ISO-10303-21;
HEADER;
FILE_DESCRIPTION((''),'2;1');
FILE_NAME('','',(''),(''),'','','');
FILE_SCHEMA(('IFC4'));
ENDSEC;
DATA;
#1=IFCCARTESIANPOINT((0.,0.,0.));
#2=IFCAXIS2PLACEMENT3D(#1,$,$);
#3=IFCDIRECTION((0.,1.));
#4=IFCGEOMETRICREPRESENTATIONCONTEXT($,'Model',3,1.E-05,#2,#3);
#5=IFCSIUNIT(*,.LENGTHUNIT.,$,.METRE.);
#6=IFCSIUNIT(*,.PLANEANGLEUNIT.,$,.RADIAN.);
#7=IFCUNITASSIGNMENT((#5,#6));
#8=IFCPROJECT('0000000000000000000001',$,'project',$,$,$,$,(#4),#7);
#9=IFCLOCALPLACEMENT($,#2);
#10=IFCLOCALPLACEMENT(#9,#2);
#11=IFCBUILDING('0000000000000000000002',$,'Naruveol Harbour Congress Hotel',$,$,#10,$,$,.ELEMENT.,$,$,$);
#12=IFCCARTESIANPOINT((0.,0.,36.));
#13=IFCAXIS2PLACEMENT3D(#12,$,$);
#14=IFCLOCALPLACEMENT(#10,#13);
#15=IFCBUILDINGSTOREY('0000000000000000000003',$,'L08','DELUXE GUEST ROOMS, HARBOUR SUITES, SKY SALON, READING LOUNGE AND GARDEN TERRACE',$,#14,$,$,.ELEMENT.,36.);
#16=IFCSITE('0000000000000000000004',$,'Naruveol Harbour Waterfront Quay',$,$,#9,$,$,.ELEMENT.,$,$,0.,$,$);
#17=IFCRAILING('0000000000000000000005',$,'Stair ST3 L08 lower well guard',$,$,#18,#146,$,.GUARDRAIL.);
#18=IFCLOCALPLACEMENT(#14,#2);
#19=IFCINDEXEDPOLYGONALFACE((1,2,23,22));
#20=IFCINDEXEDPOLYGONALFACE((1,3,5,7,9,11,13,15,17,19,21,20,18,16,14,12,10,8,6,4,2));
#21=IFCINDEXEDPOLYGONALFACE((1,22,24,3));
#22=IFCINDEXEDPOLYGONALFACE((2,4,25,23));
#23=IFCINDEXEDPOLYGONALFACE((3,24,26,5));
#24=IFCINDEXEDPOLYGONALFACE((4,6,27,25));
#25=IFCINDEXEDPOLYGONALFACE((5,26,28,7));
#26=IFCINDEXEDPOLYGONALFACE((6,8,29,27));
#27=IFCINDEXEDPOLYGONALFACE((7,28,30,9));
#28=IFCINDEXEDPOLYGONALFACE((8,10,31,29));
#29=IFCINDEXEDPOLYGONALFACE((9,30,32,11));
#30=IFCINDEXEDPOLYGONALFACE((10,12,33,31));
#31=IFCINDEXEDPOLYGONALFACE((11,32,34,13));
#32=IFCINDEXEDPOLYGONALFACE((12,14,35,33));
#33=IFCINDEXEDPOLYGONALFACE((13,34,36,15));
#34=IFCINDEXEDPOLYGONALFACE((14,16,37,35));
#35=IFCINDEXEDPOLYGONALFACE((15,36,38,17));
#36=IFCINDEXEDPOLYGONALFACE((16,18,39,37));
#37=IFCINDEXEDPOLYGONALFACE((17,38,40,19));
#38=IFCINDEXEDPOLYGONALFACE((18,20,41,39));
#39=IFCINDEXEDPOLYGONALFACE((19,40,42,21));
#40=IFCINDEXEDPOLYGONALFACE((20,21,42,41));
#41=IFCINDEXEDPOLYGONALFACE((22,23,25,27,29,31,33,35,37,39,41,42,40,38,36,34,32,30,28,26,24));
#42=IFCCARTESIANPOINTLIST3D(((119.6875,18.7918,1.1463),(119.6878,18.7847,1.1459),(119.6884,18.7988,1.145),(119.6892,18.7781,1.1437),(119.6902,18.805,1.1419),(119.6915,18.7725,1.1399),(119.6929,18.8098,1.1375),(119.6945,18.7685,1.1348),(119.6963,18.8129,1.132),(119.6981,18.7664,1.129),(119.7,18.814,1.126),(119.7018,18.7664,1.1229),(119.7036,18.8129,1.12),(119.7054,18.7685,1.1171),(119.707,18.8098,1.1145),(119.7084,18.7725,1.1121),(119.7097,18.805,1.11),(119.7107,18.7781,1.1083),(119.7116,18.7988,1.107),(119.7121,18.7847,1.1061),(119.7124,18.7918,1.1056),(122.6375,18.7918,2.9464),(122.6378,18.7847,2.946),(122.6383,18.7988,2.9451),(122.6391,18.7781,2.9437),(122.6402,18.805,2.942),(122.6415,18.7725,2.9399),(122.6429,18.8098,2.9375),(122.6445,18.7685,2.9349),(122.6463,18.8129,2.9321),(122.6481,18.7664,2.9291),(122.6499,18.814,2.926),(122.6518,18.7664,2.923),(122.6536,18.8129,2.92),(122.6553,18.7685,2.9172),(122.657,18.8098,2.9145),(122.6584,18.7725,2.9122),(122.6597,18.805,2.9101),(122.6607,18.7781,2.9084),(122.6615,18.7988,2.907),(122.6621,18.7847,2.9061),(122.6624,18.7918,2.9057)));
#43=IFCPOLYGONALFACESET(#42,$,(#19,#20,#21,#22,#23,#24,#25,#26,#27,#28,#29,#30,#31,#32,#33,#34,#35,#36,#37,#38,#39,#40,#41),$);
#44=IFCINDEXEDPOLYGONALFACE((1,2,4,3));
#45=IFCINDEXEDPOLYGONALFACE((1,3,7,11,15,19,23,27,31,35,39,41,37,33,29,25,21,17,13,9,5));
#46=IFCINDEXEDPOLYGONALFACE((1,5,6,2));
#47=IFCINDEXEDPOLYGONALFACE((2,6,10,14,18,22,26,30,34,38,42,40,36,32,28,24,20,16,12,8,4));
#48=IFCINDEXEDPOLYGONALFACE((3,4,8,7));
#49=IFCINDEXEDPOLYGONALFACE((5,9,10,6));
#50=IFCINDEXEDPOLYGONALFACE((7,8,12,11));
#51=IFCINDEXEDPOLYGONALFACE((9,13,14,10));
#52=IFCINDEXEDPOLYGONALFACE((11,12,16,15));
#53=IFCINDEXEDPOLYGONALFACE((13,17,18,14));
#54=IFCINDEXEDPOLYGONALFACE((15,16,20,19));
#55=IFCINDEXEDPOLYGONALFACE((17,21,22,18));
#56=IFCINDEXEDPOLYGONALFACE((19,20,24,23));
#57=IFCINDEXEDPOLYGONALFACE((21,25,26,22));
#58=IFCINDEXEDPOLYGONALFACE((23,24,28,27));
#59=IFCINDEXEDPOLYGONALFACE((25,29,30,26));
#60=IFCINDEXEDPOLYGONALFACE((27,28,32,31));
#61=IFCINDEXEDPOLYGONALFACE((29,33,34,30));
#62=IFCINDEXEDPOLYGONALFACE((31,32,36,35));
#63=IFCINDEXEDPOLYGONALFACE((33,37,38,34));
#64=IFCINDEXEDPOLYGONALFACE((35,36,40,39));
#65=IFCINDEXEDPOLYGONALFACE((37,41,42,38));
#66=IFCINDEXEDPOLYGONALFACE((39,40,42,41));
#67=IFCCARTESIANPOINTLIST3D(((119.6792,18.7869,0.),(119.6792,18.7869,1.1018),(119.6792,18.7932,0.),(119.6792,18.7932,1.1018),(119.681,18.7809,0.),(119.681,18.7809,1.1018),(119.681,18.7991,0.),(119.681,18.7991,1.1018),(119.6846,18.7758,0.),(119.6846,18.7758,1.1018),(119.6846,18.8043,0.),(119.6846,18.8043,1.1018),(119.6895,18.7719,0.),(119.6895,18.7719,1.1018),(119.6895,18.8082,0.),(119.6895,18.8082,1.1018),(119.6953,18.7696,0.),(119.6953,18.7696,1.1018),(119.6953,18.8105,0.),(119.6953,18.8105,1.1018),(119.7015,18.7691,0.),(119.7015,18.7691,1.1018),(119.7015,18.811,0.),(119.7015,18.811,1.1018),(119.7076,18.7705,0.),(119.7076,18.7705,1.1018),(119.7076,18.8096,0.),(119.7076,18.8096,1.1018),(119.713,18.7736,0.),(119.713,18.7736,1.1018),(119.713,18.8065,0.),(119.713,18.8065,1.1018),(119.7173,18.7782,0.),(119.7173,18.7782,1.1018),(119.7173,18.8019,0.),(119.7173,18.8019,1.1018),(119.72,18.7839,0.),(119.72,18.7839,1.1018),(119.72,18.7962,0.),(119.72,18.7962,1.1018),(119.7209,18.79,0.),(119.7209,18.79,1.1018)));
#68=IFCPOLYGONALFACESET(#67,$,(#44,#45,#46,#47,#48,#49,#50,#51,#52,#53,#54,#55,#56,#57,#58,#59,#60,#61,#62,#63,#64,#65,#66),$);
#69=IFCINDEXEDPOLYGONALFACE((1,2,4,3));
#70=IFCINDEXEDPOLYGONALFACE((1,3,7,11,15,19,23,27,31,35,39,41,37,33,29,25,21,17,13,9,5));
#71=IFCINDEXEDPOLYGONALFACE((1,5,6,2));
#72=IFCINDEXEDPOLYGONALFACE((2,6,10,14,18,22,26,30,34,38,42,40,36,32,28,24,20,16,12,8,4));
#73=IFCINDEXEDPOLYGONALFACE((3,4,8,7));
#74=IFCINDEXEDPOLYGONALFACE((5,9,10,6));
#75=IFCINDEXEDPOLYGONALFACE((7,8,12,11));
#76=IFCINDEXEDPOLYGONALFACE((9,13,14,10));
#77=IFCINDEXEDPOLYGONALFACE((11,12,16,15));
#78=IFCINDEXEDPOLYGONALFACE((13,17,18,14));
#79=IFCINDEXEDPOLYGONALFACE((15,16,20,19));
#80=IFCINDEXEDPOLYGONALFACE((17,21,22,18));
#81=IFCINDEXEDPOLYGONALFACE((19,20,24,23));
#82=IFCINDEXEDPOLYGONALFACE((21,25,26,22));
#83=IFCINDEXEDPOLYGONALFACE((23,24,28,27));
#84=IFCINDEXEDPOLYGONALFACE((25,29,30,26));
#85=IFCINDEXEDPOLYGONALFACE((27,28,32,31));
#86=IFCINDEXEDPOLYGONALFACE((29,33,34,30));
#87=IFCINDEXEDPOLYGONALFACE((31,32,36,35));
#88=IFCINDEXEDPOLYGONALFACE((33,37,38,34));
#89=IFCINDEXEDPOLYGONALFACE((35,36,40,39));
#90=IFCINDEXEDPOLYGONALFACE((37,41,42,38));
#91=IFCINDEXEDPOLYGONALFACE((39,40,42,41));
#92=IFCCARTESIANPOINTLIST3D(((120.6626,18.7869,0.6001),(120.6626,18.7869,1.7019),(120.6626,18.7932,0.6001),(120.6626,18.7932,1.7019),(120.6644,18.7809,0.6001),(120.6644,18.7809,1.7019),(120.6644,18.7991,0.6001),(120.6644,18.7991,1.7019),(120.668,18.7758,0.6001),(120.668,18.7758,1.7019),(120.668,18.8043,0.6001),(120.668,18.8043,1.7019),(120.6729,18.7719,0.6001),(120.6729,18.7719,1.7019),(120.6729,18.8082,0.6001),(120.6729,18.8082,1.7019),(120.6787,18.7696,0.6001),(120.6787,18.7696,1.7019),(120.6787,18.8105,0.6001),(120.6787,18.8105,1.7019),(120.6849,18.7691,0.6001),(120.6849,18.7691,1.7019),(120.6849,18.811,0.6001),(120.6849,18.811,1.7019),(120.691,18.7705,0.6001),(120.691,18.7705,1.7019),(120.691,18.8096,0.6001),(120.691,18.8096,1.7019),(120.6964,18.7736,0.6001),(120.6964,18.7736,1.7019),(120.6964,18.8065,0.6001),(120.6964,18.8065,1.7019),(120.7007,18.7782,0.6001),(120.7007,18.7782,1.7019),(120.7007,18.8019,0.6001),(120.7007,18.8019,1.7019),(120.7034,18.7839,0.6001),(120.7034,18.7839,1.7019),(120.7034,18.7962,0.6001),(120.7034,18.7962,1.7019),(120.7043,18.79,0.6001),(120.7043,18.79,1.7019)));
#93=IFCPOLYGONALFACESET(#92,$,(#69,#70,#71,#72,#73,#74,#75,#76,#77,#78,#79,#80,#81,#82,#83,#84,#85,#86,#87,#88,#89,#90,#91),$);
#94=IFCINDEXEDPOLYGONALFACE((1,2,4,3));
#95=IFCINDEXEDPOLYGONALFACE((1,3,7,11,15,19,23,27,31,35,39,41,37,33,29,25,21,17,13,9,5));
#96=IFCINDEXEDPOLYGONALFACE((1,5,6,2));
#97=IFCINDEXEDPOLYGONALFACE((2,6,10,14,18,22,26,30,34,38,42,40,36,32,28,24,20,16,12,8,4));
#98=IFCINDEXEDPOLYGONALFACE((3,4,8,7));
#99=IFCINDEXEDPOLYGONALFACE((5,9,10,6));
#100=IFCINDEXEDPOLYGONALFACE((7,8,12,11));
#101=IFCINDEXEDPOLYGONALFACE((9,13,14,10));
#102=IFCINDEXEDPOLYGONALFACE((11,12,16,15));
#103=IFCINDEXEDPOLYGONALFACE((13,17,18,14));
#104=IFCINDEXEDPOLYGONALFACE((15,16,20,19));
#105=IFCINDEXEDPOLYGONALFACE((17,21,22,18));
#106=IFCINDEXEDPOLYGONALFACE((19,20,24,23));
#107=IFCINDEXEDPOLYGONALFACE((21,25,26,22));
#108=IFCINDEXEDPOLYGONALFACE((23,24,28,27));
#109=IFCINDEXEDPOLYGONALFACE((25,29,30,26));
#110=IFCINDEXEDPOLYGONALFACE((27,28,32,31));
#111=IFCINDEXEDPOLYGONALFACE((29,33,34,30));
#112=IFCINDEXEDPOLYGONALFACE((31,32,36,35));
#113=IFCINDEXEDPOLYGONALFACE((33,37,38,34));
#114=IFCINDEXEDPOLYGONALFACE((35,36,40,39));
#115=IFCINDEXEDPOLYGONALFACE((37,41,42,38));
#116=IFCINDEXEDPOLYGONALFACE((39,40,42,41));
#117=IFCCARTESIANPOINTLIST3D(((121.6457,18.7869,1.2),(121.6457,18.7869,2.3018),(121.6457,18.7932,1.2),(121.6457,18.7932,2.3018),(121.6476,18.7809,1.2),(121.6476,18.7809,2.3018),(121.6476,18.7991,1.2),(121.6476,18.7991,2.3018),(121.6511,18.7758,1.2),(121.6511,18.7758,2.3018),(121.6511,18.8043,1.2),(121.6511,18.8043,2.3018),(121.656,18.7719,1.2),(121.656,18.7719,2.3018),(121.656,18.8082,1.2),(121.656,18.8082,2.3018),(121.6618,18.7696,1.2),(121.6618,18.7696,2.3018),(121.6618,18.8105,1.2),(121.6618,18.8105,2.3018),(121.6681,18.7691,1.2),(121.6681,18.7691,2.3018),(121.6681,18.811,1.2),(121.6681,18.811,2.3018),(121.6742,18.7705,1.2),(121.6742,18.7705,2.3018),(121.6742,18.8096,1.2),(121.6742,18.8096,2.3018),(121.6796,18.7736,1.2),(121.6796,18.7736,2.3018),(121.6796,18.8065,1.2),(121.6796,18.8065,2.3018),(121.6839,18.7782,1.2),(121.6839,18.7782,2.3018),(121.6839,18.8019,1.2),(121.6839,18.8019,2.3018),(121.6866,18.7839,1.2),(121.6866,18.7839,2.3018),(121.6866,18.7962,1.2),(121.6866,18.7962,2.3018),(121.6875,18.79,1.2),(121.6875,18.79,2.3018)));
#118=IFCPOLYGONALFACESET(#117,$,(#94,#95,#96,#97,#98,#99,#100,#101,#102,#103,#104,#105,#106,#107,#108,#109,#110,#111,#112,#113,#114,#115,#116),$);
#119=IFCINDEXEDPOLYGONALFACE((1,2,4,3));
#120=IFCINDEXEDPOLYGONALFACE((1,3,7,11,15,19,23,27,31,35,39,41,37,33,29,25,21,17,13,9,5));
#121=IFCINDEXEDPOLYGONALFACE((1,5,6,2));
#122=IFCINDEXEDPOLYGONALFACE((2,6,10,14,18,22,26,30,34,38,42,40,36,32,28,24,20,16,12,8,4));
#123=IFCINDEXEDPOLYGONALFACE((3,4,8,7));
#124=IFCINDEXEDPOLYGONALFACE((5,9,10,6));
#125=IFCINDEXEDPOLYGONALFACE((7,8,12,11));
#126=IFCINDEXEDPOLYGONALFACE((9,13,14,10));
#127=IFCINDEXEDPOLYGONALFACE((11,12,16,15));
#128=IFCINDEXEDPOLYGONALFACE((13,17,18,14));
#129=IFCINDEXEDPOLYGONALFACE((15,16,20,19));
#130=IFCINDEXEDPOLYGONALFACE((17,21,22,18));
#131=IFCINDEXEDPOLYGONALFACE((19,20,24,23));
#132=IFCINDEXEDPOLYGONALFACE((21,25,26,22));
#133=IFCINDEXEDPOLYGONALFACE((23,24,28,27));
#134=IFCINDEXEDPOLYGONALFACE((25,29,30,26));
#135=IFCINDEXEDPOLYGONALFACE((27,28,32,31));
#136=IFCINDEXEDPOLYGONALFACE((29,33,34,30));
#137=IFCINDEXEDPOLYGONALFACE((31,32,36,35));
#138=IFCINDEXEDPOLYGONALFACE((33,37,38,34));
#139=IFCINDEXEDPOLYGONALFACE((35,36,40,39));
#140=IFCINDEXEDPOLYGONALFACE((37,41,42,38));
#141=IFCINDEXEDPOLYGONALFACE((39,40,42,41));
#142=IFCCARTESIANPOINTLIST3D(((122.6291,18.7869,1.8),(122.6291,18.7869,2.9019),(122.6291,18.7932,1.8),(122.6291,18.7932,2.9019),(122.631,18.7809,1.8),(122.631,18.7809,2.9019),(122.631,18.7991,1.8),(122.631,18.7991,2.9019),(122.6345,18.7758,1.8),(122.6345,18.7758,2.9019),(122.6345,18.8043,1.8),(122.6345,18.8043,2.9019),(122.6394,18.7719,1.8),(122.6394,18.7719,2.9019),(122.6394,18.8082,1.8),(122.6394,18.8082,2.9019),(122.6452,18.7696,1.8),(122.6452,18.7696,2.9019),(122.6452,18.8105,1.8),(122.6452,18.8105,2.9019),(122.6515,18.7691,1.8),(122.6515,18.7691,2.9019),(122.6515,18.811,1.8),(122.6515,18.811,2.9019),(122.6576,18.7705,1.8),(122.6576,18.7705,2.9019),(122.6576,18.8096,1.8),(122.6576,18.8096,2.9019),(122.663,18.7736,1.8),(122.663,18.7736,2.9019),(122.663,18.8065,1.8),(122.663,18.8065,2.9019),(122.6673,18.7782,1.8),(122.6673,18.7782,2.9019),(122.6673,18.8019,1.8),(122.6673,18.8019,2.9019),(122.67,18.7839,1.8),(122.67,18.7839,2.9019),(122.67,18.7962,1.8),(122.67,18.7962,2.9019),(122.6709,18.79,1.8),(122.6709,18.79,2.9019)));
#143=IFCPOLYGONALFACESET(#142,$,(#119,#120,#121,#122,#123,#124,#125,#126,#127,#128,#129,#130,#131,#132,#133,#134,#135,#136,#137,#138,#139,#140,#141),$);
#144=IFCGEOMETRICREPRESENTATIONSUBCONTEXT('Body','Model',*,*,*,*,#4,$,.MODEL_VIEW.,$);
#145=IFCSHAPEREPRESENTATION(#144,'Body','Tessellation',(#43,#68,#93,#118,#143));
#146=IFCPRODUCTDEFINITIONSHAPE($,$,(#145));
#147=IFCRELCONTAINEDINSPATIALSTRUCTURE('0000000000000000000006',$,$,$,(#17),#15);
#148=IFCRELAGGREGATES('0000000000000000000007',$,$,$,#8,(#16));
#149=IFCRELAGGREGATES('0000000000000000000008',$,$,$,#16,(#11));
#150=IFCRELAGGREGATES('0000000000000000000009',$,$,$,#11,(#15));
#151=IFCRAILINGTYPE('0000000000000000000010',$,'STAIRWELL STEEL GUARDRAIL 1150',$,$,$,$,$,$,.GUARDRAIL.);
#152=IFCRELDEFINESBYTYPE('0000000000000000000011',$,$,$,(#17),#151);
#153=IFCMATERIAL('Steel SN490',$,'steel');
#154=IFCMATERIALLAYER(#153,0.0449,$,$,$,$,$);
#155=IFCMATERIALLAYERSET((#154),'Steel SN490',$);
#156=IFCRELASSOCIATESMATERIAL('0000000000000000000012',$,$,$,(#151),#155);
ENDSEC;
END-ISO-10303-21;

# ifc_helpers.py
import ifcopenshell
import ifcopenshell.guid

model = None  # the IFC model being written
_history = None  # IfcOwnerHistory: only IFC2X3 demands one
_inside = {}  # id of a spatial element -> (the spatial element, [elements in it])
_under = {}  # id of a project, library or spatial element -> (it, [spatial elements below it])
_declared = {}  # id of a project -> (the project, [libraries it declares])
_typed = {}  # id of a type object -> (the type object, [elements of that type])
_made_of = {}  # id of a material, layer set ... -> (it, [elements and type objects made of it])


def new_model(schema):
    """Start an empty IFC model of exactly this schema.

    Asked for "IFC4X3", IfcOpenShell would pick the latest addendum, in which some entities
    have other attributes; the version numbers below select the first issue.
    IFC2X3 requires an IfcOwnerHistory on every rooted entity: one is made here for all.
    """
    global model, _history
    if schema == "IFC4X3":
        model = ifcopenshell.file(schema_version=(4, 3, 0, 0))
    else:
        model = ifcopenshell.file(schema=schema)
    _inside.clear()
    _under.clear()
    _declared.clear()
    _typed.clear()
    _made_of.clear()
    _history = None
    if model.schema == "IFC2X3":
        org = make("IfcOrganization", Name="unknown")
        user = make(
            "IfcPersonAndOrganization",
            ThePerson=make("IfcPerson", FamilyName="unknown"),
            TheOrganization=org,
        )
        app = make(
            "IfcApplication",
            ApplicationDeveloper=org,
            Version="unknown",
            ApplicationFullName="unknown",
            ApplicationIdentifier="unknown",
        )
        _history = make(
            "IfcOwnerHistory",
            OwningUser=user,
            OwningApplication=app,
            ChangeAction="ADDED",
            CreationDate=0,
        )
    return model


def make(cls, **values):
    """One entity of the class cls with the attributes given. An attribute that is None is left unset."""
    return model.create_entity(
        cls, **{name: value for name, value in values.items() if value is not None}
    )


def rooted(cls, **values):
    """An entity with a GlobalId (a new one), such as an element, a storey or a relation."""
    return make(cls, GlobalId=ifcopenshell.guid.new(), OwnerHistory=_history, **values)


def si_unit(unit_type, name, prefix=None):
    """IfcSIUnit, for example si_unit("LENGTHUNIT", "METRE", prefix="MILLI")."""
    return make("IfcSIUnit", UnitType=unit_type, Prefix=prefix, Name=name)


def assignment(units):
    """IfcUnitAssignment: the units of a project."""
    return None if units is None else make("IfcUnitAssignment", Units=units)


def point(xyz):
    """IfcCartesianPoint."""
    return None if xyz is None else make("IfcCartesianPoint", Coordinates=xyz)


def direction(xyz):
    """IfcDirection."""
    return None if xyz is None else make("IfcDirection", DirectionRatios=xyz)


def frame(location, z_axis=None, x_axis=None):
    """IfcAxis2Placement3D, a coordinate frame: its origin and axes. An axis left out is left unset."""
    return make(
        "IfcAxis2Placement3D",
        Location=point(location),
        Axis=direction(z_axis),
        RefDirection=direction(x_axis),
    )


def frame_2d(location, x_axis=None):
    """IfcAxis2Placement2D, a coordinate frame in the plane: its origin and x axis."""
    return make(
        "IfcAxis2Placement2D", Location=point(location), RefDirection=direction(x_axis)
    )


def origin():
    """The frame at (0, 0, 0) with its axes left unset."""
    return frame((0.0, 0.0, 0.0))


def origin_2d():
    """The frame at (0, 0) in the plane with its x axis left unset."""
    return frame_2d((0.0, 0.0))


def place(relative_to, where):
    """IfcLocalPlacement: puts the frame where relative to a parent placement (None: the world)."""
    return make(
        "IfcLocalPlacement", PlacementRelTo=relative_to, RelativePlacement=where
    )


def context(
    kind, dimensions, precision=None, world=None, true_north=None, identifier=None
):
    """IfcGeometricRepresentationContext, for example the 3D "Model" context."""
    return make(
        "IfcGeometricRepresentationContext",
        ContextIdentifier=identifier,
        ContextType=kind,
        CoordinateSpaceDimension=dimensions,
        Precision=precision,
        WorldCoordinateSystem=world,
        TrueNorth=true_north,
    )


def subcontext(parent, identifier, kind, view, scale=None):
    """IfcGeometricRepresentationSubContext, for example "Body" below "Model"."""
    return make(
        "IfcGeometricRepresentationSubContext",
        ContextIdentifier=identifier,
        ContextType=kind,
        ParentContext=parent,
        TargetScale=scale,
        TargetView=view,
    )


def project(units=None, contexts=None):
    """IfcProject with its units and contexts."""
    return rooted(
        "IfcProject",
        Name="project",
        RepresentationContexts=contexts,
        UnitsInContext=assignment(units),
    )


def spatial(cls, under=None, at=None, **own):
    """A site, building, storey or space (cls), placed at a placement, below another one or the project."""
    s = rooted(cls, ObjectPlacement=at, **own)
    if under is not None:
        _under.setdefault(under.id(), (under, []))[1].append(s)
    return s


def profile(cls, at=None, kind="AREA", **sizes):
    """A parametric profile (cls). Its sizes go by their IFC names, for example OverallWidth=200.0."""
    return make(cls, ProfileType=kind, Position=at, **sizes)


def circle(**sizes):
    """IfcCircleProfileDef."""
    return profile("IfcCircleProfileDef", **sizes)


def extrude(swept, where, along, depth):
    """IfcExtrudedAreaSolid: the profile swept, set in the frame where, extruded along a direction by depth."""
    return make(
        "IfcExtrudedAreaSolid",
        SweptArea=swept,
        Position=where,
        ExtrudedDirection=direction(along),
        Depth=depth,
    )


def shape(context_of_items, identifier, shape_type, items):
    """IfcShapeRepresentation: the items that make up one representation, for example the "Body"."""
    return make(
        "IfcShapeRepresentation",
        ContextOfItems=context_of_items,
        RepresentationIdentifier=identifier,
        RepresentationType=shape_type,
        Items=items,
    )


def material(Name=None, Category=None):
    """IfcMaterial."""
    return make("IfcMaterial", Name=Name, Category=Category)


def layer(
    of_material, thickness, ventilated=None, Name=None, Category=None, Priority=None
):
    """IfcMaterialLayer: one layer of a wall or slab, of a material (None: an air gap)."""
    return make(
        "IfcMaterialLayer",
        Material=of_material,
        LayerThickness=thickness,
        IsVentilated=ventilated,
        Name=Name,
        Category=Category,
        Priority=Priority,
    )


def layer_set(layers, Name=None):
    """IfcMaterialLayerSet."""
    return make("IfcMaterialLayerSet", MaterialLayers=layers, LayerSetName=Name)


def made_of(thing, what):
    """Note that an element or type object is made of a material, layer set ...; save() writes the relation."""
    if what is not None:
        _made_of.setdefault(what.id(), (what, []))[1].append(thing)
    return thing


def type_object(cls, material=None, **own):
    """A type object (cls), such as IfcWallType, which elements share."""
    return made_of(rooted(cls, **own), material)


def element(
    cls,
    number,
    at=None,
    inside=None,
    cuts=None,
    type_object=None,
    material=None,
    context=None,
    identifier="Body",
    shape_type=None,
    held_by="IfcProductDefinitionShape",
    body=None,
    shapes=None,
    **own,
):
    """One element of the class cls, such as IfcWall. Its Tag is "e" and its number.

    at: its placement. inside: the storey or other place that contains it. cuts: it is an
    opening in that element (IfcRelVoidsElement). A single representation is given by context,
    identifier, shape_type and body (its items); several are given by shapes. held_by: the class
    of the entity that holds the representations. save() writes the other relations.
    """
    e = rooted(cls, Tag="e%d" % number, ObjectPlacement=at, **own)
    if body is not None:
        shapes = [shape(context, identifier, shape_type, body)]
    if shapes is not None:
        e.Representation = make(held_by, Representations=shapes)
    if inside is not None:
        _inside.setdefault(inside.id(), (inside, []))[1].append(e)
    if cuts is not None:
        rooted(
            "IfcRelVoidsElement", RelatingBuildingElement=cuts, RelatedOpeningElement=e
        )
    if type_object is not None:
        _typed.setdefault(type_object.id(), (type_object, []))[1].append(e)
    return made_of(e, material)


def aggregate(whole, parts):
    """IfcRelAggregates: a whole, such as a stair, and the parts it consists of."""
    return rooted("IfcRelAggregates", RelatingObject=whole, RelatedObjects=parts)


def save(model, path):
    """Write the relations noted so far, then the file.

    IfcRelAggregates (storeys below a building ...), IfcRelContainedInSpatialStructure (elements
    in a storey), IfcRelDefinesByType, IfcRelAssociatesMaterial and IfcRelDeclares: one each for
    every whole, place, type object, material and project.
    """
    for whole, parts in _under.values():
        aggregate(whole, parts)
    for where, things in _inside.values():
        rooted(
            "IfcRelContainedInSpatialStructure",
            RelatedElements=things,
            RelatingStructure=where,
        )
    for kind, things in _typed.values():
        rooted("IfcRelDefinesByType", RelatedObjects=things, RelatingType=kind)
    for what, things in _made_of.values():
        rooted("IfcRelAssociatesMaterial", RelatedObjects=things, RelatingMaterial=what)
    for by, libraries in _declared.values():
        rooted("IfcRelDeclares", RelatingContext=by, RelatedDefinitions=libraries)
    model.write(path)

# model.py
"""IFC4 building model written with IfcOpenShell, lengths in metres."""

from ifc_helpers import new_model, si_unit, direction, frame, origin, origin_2d, place, context, subcontext, project, spatial, circle, extrude, material, layer, layer_set, type_object, element, save


model = new_model("IFC4")

# Units and contexts
model_context = context("Model", 3, precision=1e-05, world=origin(), true_north=direction((0.0, 1.0)))
body_context = subcontext(model_context, "Body", "Model", "MODEL_VIEW")
ifc_project = project(units=[si_unit("LENGTHUNIT", "METRE"), si_unit("PLANEANGLEUNIT", "RADIAN")], contexts=[model_context])

# Site, building, storey
site_placement = place(None, origin())
site = spatial("IfcSite", under=ifc_project, at=site_placement, Name="Naruveol Harbour Waterfront Quay", CompositionType="ELEMENT", RefElevation=0.0)
building_placement = place(site_placement, origin())
building = spatial("IfcBuilding", under=site, at=building_placement, Name="Naruveol Harbour Congress Hotel", CompositionType="ELEMENT")
storey_placement = place(building_placement, frame((0.0, 0.0, 36.0)))
storey = spatial("IfcBuildingStorey", under=building, at=storey_placement, Name="L08", Description="DELUXE GUEST ROOMS, HARBOUR SUITES, SKY SALON, READING LOUNGE AND GARDEN TERRACE", CompositionType="ELEMENT", Elevation=36.0)

# Railing
ifc_material_1 = material(Name="Steel SN490", Category="steel")
ifc_layer_1 = layer(ifc_material_1, 0.0449)
ifc_layer_set_1 = layer_set([ifc_layer_1], Name="Steel SN490")
railing_type_1 = type_object("IfcRailingType", Name="STAIRWELL STEEL GUARDRAIL 1150", PredefinedType="GUARDRAIL", material=ifc_layer_set_1)
railing_1_placement = place(storey_placement, frame((119.7, 18.79, 0.0)))
element("IfcRailing", 1, at=railing_1_placement, inside=storey, type_object=railing_type_1, Name="Stair ST3 L08 lower well guard", PredefinedType="GUARDRAIL", context=body_context, shape_type="SweptSolid", body=[
    extrude(circle(Radius=0.0239, at=origin_2d()), frame((0.0, 0.0, 1.126), z_axis=(0.853629, 0.0, 0.520881), x_axis=(0.0, 1.0, 0.0)), (0.0, 0.0, 1.0), 3.4558),
    extrude(circle(Radius=0.021, at=origin_2d()), origin(), (0.0, 0.0, 1.0), 1.1018),
    extrude(circle(Radius=0.021, at=origin_2d()), frame((0.9834, 0.0, 0.6001)), (0.0, 0.0, 1.0), 1.1018),
    extrude(circle(Radius=0.021, at=origin_2d()), frame((1.9666, 0.0, 1.2)), (0.0, 0.0, 1.0), 1.1018),
    extrude(circle(Radius=0.021, at=origin_2d()), frame((2.95, 0.0, 1.8)), (0.0, 0.0, 1.0), 1.1018),
])

save(model, "model.ifc")
